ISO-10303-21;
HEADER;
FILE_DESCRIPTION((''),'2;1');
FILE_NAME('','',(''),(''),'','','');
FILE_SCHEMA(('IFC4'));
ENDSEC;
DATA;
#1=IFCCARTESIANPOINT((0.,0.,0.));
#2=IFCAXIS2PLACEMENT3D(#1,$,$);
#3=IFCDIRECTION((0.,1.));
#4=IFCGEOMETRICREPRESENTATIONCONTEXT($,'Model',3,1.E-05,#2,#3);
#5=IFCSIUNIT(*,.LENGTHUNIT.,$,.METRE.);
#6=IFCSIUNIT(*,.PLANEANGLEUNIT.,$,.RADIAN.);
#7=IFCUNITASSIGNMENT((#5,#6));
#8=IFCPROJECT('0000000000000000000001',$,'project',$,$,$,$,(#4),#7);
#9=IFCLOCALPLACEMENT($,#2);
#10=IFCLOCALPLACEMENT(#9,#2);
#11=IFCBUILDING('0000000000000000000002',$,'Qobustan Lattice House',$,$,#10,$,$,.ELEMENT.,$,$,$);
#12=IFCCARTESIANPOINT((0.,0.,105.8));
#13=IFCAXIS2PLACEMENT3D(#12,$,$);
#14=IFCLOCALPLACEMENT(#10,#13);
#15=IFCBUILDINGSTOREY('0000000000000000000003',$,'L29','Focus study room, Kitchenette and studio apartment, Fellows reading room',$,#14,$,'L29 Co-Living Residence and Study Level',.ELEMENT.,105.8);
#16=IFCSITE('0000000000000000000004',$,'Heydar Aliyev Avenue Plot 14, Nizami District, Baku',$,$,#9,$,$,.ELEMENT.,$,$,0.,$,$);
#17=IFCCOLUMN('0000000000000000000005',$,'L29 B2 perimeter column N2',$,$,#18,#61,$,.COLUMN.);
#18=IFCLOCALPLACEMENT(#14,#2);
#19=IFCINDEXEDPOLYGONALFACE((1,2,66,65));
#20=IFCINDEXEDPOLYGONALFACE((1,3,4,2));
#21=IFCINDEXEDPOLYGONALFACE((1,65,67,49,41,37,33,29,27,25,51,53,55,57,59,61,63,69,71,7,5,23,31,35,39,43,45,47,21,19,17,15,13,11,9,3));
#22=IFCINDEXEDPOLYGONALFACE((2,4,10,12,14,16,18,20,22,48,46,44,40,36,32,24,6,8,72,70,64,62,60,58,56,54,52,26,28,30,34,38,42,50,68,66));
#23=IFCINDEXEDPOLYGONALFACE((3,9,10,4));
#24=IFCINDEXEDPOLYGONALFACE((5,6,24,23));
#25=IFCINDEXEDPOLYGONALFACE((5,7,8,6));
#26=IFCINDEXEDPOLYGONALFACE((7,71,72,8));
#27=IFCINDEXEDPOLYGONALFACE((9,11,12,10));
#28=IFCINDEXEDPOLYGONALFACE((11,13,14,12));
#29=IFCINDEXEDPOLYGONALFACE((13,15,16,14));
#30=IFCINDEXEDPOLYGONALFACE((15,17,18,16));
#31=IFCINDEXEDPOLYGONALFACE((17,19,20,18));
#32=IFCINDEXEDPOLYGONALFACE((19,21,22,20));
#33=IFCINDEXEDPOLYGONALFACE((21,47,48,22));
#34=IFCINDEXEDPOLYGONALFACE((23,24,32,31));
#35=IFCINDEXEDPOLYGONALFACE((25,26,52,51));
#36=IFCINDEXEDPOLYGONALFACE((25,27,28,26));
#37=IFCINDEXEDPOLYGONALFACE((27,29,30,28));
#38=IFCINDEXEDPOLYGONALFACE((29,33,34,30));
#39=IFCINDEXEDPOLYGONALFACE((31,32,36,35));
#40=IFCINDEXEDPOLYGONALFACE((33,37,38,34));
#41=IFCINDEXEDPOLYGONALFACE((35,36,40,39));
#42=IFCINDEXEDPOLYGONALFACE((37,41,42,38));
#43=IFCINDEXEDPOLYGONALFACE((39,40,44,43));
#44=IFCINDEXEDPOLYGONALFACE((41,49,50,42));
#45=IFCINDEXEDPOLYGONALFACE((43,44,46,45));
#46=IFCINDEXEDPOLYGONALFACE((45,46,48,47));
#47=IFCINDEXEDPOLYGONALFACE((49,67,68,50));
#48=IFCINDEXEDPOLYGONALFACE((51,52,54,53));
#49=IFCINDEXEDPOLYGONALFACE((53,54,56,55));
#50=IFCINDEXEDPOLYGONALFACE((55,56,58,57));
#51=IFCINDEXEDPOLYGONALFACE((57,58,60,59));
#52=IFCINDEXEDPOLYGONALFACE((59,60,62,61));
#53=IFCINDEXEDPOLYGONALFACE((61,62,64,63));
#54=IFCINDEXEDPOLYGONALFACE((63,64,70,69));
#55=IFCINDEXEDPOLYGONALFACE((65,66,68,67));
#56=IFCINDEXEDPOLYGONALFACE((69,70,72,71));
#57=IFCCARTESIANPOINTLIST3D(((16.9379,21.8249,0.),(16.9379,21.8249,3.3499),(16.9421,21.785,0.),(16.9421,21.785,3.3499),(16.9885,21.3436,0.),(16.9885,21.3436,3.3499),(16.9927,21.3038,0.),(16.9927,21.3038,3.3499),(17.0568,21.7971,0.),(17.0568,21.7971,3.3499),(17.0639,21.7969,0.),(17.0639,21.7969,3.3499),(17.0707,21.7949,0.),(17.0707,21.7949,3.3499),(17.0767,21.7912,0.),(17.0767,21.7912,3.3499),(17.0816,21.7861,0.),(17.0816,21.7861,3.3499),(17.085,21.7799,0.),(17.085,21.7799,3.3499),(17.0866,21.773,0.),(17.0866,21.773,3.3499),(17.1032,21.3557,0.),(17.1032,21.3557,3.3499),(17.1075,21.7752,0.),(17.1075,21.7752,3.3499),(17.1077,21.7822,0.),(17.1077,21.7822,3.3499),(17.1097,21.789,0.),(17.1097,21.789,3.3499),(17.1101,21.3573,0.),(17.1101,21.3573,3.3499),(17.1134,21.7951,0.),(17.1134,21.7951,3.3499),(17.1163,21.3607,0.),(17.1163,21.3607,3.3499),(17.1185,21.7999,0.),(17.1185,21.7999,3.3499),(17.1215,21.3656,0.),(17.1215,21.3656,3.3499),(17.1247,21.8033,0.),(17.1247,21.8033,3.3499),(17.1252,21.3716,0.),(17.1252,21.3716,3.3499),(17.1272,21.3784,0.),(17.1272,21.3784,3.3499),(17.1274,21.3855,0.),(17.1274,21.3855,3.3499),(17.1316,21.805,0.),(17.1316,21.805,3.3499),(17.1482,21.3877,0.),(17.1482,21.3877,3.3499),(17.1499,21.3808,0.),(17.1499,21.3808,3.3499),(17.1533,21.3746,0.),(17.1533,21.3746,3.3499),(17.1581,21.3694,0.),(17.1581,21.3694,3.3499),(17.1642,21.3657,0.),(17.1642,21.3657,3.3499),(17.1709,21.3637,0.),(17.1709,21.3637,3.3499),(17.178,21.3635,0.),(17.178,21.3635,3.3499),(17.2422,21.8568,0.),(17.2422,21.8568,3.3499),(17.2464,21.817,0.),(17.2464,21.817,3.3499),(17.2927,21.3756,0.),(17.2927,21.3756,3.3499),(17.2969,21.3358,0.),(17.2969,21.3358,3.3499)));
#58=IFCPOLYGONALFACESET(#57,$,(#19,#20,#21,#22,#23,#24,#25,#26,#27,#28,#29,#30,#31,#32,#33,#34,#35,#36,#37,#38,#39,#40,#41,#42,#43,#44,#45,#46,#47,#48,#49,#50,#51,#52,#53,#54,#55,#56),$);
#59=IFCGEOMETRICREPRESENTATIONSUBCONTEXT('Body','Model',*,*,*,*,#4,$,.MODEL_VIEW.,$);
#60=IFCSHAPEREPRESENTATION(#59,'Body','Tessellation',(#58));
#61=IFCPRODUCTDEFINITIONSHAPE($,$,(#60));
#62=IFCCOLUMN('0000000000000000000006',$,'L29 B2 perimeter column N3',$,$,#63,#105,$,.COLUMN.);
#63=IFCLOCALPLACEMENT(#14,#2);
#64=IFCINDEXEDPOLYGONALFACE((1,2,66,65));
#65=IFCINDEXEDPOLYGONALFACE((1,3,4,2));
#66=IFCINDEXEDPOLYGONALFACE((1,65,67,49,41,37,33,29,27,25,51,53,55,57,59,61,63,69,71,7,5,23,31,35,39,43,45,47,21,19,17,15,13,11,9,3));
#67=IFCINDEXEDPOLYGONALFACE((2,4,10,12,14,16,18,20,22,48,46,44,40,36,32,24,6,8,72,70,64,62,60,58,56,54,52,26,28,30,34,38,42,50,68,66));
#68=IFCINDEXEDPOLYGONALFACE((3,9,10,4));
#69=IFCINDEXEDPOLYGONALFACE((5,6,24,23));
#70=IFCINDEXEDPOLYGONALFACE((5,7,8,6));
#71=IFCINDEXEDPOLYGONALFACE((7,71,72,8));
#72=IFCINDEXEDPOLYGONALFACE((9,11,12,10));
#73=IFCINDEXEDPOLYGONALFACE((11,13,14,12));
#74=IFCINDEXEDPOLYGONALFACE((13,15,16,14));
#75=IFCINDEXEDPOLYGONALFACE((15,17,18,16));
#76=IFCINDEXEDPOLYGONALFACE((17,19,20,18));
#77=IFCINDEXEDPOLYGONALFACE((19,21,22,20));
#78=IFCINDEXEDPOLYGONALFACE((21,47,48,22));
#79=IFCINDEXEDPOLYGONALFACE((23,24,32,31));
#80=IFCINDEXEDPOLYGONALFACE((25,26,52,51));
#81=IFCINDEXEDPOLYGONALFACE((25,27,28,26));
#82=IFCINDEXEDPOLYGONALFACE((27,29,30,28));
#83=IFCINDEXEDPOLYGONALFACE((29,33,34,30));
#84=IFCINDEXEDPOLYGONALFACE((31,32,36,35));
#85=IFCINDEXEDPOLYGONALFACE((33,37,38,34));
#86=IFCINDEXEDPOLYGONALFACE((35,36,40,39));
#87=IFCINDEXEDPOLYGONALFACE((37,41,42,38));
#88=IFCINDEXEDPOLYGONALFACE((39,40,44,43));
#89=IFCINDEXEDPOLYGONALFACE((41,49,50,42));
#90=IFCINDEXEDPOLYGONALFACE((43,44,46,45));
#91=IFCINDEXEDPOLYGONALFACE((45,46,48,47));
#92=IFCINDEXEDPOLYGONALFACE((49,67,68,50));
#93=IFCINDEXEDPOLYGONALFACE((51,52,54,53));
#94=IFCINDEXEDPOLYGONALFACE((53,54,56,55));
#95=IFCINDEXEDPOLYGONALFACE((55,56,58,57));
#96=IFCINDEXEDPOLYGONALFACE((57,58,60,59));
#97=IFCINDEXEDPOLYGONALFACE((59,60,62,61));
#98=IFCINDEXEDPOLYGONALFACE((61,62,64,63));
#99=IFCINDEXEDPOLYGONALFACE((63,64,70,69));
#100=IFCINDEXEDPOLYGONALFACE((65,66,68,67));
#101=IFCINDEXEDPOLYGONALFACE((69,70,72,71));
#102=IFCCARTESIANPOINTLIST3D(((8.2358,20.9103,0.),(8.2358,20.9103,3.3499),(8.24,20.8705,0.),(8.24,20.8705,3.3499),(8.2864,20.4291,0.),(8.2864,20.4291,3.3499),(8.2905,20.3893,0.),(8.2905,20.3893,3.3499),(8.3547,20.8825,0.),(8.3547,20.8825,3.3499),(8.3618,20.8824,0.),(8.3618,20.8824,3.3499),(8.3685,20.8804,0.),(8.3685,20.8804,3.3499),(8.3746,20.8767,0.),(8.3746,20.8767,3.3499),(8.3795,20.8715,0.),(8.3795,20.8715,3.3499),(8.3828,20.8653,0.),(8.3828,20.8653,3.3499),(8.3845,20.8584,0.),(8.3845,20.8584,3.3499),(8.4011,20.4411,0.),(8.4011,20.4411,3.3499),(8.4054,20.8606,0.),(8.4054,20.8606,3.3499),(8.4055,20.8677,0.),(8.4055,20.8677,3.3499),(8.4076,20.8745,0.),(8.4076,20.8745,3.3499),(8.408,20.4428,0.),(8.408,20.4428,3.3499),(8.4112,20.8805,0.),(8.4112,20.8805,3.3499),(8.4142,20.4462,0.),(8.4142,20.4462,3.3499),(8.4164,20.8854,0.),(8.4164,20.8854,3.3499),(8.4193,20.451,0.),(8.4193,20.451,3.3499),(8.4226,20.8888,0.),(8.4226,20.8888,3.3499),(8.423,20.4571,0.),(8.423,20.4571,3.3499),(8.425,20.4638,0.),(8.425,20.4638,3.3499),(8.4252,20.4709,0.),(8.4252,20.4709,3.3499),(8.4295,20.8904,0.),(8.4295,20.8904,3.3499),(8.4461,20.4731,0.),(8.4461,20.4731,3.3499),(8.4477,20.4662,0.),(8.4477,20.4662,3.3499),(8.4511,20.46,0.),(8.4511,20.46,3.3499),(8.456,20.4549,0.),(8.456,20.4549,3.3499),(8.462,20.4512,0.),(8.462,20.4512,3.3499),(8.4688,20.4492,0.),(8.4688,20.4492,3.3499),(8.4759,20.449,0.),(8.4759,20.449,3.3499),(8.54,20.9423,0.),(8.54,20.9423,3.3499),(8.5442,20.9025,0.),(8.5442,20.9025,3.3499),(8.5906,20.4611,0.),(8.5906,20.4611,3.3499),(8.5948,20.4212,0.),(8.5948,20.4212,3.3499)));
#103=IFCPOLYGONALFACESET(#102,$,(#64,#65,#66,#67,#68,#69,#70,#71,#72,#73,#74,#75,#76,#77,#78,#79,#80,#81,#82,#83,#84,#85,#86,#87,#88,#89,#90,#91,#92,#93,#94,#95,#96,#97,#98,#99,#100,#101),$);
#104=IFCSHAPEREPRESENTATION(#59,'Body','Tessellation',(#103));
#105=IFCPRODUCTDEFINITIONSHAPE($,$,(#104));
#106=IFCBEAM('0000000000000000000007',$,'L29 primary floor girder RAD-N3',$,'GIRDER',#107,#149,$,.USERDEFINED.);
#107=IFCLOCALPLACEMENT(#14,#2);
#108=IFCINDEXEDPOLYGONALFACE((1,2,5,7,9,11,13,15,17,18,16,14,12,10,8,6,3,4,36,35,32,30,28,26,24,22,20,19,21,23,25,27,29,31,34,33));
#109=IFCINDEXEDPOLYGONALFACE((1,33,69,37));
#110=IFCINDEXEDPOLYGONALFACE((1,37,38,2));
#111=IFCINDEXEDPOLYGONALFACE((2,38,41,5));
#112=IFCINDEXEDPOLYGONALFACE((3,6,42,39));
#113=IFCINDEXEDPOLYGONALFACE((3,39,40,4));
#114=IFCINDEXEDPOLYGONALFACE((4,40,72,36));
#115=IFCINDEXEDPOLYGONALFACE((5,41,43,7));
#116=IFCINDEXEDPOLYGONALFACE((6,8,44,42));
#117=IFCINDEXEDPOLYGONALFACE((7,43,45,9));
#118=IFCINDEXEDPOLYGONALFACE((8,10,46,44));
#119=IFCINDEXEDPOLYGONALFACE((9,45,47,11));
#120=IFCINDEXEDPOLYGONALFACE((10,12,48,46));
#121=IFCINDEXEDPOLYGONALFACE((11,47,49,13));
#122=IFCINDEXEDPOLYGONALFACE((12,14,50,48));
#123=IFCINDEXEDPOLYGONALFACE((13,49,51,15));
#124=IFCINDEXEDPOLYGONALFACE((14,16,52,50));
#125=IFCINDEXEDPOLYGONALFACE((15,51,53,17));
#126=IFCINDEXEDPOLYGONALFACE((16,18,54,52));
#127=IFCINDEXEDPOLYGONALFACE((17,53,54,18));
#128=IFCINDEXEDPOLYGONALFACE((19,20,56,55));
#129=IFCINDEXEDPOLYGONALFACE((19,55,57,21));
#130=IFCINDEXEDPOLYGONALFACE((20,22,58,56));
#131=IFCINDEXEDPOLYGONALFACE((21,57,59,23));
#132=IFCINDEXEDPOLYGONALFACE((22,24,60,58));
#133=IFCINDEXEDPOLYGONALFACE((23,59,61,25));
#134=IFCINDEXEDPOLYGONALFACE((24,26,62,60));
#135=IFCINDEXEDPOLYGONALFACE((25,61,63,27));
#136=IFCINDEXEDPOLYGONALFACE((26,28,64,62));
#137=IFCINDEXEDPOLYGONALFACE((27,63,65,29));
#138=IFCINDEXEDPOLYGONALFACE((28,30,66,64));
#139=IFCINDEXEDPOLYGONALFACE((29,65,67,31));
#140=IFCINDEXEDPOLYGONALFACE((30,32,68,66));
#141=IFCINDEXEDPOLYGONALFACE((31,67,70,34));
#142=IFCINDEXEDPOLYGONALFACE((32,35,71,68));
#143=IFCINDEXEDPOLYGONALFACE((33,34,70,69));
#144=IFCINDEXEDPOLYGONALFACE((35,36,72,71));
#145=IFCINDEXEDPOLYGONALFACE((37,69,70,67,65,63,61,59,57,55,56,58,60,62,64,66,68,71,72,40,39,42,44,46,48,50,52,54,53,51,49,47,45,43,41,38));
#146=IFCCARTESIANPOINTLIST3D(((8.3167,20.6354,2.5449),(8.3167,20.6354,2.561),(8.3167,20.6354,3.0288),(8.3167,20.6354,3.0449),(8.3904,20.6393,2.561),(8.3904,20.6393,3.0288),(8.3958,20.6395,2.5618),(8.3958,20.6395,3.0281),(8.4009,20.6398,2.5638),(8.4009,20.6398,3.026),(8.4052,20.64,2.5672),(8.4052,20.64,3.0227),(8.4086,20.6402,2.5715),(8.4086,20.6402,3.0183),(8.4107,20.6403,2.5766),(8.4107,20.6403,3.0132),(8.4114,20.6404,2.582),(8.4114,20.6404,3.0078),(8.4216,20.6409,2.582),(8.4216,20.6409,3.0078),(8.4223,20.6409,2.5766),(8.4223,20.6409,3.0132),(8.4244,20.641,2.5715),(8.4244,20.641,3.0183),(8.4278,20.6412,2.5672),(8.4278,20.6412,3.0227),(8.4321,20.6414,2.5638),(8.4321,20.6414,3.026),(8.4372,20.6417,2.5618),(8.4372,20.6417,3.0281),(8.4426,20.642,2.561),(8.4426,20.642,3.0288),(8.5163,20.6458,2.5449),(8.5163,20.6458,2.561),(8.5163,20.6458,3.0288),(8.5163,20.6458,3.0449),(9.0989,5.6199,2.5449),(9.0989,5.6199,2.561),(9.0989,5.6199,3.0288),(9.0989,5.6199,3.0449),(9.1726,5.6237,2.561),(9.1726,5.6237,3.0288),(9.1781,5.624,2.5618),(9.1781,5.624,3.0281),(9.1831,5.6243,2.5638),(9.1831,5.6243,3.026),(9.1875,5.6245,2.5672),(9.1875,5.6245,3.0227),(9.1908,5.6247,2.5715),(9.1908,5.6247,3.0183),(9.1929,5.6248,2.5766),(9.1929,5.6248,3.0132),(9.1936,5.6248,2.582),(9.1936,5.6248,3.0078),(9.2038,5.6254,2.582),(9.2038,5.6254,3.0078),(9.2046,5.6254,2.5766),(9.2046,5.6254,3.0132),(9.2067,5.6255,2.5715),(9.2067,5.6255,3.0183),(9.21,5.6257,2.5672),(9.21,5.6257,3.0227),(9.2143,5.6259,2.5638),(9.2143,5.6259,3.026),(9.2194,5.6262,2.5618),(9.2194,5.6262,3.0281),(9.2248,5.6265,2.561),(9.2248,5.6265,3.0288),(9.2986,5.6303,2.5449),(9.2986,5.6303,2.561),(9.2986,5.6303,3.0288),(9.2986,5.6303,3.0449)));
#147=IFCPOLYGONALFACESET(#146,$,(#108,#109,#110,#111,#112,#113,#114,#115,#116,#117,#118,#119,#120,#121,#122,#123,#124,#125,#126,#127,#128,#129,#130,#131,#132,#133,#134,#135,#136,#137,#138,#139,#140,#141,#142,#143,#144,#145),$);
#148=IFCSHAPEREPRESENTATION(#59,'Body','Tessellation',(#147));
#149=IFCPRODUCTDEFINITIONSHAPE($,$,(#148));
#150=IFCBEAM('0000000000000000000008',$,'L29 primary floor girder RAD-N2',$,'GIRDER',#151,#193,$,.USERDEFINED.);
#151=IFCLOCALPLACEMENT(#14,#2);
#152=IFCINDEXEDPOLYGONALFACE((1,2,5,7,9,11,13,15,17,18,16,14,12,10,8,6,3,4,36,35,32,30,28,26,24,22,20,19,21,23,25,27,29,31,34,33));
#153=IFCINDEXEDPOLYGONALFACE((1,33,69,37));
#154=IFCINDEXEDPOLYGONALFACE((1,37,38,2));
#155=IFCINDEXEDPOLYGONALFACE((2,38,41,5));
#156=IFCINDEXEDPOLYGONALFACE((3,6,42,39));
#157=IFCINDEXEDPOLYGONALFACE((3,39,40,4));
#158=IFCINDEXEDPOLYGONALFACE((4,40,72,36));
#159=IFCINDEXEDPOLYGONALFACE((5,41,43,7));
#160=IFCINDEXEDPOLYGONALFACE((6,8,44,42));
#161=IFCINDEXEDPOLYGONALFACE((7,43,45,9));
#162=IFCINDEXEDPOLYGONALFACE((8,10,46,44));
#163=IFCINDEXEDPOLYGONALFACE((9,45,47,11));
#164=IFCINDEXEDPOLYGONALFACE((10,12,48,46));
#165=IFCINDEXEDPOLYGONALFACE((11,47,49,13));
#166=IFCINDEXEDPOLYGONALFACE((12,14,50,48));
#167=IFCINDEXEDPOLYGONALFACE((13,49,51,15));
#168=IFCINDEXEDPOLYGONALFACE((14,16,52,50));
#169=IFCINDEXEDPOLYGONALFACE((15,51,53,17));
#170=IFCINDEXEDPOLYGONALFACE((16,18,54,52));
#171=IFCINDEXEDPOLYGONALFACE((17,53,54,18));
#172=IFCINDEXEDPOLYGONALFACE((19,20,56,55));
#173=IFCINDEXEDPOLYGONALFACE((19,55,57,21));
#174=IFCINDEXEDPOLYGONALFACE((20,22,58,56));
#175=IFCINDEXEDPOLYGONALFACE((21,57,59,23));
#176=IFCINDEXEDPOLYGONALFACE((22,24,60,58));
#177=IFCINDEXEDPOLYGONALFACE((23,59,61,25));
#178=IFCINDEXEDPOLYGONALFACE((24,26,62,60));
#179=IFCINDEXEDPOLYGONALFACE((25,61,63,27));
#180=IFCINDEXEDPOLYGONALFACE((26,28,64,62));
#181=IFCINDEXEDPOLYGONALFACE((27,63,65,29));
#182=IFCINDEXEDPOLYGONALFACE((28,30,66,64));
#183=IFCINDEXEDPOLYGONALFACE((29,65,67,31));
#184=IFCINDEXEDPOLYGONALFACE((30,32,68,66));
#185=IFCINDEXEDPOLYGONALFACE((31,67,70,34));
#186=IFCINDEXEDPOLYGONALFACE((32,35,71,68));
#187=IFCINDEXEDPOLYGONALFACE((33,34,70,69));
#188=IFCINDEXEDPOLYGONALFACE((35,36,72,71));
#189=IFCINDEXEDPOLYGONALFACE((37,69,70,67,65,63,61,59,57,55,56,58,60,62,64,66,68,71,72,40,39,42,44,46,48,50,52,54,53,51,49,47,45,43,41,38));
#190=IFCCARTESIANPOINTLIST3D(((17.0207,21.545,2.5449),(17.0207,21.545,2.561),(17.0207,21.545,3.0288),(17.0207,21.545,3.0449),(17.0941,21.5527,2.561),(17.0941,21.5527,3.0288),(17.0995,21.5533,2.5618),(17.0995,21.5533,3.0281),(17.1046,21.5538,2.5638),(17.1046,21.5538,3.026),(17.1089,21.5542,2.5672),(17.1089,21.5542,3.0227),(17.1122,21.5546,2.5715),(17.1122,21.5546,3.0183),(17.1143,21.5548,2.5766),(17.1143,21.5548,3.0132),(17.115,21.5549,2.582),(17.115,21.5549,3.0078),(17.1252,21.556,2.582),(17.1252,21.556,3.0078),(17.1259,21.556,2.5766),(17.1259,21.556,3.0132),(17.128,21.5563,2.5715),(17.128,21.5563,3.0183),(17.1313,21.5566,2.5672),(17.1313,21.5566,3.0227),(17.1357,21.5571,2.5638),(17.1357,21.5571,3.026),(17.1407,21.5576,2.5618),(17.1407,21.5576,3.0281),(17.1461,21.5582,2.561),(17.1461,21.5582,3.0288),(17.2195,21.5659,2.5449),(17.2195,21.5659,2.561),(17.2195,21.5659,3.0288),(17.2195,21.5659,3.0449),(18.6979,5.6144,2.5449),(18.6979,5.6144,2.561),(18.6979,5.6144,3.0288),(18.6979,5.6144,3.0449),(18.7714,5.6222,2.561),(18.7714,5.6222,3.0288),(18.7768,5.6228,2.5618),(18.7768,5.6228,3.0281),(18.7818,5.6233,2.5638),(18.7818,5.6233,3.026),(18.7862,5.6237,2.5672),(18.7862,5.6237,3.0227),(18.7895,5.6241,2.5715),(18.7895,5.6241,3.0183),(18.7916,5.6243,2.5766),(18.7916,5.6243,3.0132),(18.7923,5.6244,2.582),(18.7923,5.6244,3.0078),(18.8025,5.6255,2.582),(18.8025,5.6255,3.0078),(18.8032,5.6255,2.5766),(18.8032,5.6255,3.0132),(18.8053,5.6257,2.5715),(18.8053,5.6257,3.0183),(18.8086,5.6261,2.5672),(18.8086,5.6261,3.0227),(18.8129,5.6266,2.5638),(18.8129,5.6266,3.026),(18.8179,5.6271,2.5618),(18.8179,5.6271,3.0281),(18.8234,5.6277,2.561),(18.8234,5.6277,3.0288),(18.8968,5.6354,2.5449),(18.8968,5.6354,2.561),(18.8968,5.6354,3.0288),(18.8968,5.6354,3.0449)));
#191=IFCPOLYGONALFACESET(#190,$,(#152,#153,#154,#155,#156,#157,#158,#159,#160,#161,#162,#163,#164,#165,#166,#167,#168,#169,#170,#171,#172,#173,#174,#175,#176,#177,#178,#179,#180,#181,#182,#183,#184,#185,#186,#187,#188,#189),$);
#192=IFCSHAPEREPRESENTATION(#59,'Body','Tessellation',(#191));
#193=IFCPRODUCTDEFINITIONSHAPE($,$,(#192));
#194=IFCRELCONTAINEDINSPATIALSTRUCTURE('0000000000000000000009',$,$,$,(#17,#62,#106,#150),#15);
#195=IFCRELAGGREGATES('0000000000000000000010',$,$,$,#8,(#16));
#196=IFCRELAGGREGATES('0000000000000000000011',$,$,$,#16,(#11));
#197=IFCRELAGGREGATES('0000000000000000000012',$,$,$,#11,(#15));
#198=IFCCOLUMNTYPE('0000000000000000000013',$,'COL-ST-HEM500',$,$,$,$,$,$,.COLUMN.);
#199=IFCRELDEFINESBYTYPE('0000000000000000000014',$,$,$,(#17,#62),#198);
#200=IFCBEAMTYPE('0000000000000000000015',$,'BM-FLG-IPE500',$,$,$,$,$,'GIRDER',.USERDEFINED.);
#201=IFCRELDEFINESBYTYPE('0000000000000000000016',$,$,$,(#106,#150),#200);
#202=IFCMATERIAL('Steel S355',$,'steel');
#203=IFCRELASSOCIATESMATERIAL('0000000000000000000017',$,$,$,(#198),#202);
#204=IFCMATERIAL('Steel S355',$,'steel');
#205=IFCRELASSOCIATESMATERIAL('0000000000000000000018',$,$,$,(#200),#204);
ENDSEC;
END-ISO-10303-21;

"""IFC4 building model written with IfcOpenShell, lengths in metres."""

from ifc_helpers import new_model, si_unit, direction, frame, origin, origin_2d, place, context, subcontext, project, spatial, i_section, extrude, material, material_profile, profile_set, type_object, element, save


model = new_model("IFC4")

# Units and contexts
model_context = context("Model", 3, precision=1e-05, world=origin(), true_north=direction((0.0, 1.0)))
body_context = subcontext(model_context, "Body", "Model", "MODEL_VIEW")
ifc_project = project(units=[si_unit("LENGTHUNIT", "METRE"), si_unit("PLANEANGLEUNIT", "RADIAN")], contexts=[model_context])

# Site, building, storey
site_placement = place(None, origin())
site = spatial("IfcSite", under=ifc_project, at=site_placement, Name="Heydar Aliyev Avenue Plot 14, Nizami District, Baku", CompositionType="ELEMENT", RefElevation=0.0)
building_placement = place(site_placement, origin())
building = spatial("IfcBuilding", under=site, at=building_placement, Name="Qobustan Lattice House", CompositionType="ELEMENT")
storey_placement = place(building_placement, frame((0.0, 0.0, 105.8)))
storey = spatial("IfcBuildingStorey", under=building, at=storey_placement, Name="L29", Description="Focus study room, Kitchenette and studio apartment, Fellows reading room", LongName="L29 Co-Living Residence and Study Level", CompositionType="ELEMENT", Elevation=105.8)

# Columns
ifc_material_1 = material(Name="Steel S355", Category="steel")
ifc_material_profile_1 = material_profile(ifc_material_1, i_section(OverallWidth=0.3059, OverallDepth=0.5239, WebThickness=0.021, FlangeThickness=0.04, FilletRadius=0.0271, at=origin_2d()), Name="HEM500")
ifc_profile_set_1 = profile_set([ifc_material_profile_1], Name="Steel S355")
column_type = type_object("IfcColumnType", Name="COL-ST-HEM500", PredefinedType="COLUMN", material=ifc_profile_set_1)
for number, where, z_axis, x_axis, name in (
    (1, (17.1174, 21.5803, 0.0), (0.0, 0.0, 1.0), (0.994522, 0.104528, 0.0), "L29 B2 perimeter column N2"),
    (2, (8.4153, 20.6658, 0.0), (0.0, 0.0, 1.0), (0.994522, 0.104528, 0.0), "L29 B2 perimeter column N3"),
):
    element("IfcColumn", number, at=place(storey_placement, frame(where, z_axis=z_axis, x_axis=x_axis)), inside=storey, type_object=column_type, Name=name, PredefinedType="COLUMN", context=body_context, shape_type="SweptSolid", body=[
        extrude(i_section(OverallWidth=0.3059, OverallDepth=0.5239, WebThickness=0.021, FlangeThickness=0.04, FilletRadius=0.0271, at=origin_2d()), origin(), (0.0, 0.0, 1.0), 3.3499),
    ])

# Beams
ifc_material_2 = material(Name="Steel S355", Category="steel")
ifc_material_profile_2 = material_profile(ifc_material_2, i_section(OverallWidth=0.2, OverallDepth=0.5, WebThickness=0.0103, FlangeThickness=0.0161, FilletRadius=0.021, at=origin_2d()), Name="IPE500")
ifc_profile_set_2 = profile_set([ifc_material_profile_2], Name="Steel S355")
beam_type_1 = type_object("IfcBeamType", Name="BM-FLG-IPE500", ElementType="GIRDER", PredefinedType="USERDEFINED", material=ifc_profile_set_2)
beam_1_placement = place(storey_placement, frame((8.4165, 20.6406, 2.7949), z_axis=(0.052024, -0.998646, 0.0), x_axis=(0.998646, 0.052024, 0.0)))
element("IfcBeam", 3, at=beam_1_placement, inside=storey, type_object=beam_type_1, Name="L29 primary floor girder RAD-N3", ObjectType="GIRDER", PredefinedType="USERDEFINED", context=body_context, shape_type="SweptSolid", body=[
    extrude(i_section(OverallWidth=0.2, OverallDepth=0.5, WebThickness=0.0103, FlangeThickness=0.0161, FilletRadius=0.021, at=origin_2d()), origin(), (0.0, 0.0, 1.0), 15.0359),
])
beam_2_placement = place(storey_placement, frame((17.1201, 21.5554, 2.7949), z_axis=(0.104707, -0.994503, 0.0), x_axis=(0.994503, 0.104707, 0.0)))
element("IfcBeam", 4, at=beam_2_placement, inside=storey, type_object=beam_type_1, Name="L29 primary floor girder RAD-N2", ObjectType="GIRDER", PredefinedType="USERDEFINED", context=body_context, shape_type="SweptSolid", body=[
    extrude(i_section(OverallWidth=0.2, OverallDepth=0.5, WebThickness=0.0103, FlangeThickness=0.0161, FilletRadius=0.021, at=origin_2d()), origin(), (0.0, 0.0, 1.0), 16.0186),
])

save(model, "model.ifc")
